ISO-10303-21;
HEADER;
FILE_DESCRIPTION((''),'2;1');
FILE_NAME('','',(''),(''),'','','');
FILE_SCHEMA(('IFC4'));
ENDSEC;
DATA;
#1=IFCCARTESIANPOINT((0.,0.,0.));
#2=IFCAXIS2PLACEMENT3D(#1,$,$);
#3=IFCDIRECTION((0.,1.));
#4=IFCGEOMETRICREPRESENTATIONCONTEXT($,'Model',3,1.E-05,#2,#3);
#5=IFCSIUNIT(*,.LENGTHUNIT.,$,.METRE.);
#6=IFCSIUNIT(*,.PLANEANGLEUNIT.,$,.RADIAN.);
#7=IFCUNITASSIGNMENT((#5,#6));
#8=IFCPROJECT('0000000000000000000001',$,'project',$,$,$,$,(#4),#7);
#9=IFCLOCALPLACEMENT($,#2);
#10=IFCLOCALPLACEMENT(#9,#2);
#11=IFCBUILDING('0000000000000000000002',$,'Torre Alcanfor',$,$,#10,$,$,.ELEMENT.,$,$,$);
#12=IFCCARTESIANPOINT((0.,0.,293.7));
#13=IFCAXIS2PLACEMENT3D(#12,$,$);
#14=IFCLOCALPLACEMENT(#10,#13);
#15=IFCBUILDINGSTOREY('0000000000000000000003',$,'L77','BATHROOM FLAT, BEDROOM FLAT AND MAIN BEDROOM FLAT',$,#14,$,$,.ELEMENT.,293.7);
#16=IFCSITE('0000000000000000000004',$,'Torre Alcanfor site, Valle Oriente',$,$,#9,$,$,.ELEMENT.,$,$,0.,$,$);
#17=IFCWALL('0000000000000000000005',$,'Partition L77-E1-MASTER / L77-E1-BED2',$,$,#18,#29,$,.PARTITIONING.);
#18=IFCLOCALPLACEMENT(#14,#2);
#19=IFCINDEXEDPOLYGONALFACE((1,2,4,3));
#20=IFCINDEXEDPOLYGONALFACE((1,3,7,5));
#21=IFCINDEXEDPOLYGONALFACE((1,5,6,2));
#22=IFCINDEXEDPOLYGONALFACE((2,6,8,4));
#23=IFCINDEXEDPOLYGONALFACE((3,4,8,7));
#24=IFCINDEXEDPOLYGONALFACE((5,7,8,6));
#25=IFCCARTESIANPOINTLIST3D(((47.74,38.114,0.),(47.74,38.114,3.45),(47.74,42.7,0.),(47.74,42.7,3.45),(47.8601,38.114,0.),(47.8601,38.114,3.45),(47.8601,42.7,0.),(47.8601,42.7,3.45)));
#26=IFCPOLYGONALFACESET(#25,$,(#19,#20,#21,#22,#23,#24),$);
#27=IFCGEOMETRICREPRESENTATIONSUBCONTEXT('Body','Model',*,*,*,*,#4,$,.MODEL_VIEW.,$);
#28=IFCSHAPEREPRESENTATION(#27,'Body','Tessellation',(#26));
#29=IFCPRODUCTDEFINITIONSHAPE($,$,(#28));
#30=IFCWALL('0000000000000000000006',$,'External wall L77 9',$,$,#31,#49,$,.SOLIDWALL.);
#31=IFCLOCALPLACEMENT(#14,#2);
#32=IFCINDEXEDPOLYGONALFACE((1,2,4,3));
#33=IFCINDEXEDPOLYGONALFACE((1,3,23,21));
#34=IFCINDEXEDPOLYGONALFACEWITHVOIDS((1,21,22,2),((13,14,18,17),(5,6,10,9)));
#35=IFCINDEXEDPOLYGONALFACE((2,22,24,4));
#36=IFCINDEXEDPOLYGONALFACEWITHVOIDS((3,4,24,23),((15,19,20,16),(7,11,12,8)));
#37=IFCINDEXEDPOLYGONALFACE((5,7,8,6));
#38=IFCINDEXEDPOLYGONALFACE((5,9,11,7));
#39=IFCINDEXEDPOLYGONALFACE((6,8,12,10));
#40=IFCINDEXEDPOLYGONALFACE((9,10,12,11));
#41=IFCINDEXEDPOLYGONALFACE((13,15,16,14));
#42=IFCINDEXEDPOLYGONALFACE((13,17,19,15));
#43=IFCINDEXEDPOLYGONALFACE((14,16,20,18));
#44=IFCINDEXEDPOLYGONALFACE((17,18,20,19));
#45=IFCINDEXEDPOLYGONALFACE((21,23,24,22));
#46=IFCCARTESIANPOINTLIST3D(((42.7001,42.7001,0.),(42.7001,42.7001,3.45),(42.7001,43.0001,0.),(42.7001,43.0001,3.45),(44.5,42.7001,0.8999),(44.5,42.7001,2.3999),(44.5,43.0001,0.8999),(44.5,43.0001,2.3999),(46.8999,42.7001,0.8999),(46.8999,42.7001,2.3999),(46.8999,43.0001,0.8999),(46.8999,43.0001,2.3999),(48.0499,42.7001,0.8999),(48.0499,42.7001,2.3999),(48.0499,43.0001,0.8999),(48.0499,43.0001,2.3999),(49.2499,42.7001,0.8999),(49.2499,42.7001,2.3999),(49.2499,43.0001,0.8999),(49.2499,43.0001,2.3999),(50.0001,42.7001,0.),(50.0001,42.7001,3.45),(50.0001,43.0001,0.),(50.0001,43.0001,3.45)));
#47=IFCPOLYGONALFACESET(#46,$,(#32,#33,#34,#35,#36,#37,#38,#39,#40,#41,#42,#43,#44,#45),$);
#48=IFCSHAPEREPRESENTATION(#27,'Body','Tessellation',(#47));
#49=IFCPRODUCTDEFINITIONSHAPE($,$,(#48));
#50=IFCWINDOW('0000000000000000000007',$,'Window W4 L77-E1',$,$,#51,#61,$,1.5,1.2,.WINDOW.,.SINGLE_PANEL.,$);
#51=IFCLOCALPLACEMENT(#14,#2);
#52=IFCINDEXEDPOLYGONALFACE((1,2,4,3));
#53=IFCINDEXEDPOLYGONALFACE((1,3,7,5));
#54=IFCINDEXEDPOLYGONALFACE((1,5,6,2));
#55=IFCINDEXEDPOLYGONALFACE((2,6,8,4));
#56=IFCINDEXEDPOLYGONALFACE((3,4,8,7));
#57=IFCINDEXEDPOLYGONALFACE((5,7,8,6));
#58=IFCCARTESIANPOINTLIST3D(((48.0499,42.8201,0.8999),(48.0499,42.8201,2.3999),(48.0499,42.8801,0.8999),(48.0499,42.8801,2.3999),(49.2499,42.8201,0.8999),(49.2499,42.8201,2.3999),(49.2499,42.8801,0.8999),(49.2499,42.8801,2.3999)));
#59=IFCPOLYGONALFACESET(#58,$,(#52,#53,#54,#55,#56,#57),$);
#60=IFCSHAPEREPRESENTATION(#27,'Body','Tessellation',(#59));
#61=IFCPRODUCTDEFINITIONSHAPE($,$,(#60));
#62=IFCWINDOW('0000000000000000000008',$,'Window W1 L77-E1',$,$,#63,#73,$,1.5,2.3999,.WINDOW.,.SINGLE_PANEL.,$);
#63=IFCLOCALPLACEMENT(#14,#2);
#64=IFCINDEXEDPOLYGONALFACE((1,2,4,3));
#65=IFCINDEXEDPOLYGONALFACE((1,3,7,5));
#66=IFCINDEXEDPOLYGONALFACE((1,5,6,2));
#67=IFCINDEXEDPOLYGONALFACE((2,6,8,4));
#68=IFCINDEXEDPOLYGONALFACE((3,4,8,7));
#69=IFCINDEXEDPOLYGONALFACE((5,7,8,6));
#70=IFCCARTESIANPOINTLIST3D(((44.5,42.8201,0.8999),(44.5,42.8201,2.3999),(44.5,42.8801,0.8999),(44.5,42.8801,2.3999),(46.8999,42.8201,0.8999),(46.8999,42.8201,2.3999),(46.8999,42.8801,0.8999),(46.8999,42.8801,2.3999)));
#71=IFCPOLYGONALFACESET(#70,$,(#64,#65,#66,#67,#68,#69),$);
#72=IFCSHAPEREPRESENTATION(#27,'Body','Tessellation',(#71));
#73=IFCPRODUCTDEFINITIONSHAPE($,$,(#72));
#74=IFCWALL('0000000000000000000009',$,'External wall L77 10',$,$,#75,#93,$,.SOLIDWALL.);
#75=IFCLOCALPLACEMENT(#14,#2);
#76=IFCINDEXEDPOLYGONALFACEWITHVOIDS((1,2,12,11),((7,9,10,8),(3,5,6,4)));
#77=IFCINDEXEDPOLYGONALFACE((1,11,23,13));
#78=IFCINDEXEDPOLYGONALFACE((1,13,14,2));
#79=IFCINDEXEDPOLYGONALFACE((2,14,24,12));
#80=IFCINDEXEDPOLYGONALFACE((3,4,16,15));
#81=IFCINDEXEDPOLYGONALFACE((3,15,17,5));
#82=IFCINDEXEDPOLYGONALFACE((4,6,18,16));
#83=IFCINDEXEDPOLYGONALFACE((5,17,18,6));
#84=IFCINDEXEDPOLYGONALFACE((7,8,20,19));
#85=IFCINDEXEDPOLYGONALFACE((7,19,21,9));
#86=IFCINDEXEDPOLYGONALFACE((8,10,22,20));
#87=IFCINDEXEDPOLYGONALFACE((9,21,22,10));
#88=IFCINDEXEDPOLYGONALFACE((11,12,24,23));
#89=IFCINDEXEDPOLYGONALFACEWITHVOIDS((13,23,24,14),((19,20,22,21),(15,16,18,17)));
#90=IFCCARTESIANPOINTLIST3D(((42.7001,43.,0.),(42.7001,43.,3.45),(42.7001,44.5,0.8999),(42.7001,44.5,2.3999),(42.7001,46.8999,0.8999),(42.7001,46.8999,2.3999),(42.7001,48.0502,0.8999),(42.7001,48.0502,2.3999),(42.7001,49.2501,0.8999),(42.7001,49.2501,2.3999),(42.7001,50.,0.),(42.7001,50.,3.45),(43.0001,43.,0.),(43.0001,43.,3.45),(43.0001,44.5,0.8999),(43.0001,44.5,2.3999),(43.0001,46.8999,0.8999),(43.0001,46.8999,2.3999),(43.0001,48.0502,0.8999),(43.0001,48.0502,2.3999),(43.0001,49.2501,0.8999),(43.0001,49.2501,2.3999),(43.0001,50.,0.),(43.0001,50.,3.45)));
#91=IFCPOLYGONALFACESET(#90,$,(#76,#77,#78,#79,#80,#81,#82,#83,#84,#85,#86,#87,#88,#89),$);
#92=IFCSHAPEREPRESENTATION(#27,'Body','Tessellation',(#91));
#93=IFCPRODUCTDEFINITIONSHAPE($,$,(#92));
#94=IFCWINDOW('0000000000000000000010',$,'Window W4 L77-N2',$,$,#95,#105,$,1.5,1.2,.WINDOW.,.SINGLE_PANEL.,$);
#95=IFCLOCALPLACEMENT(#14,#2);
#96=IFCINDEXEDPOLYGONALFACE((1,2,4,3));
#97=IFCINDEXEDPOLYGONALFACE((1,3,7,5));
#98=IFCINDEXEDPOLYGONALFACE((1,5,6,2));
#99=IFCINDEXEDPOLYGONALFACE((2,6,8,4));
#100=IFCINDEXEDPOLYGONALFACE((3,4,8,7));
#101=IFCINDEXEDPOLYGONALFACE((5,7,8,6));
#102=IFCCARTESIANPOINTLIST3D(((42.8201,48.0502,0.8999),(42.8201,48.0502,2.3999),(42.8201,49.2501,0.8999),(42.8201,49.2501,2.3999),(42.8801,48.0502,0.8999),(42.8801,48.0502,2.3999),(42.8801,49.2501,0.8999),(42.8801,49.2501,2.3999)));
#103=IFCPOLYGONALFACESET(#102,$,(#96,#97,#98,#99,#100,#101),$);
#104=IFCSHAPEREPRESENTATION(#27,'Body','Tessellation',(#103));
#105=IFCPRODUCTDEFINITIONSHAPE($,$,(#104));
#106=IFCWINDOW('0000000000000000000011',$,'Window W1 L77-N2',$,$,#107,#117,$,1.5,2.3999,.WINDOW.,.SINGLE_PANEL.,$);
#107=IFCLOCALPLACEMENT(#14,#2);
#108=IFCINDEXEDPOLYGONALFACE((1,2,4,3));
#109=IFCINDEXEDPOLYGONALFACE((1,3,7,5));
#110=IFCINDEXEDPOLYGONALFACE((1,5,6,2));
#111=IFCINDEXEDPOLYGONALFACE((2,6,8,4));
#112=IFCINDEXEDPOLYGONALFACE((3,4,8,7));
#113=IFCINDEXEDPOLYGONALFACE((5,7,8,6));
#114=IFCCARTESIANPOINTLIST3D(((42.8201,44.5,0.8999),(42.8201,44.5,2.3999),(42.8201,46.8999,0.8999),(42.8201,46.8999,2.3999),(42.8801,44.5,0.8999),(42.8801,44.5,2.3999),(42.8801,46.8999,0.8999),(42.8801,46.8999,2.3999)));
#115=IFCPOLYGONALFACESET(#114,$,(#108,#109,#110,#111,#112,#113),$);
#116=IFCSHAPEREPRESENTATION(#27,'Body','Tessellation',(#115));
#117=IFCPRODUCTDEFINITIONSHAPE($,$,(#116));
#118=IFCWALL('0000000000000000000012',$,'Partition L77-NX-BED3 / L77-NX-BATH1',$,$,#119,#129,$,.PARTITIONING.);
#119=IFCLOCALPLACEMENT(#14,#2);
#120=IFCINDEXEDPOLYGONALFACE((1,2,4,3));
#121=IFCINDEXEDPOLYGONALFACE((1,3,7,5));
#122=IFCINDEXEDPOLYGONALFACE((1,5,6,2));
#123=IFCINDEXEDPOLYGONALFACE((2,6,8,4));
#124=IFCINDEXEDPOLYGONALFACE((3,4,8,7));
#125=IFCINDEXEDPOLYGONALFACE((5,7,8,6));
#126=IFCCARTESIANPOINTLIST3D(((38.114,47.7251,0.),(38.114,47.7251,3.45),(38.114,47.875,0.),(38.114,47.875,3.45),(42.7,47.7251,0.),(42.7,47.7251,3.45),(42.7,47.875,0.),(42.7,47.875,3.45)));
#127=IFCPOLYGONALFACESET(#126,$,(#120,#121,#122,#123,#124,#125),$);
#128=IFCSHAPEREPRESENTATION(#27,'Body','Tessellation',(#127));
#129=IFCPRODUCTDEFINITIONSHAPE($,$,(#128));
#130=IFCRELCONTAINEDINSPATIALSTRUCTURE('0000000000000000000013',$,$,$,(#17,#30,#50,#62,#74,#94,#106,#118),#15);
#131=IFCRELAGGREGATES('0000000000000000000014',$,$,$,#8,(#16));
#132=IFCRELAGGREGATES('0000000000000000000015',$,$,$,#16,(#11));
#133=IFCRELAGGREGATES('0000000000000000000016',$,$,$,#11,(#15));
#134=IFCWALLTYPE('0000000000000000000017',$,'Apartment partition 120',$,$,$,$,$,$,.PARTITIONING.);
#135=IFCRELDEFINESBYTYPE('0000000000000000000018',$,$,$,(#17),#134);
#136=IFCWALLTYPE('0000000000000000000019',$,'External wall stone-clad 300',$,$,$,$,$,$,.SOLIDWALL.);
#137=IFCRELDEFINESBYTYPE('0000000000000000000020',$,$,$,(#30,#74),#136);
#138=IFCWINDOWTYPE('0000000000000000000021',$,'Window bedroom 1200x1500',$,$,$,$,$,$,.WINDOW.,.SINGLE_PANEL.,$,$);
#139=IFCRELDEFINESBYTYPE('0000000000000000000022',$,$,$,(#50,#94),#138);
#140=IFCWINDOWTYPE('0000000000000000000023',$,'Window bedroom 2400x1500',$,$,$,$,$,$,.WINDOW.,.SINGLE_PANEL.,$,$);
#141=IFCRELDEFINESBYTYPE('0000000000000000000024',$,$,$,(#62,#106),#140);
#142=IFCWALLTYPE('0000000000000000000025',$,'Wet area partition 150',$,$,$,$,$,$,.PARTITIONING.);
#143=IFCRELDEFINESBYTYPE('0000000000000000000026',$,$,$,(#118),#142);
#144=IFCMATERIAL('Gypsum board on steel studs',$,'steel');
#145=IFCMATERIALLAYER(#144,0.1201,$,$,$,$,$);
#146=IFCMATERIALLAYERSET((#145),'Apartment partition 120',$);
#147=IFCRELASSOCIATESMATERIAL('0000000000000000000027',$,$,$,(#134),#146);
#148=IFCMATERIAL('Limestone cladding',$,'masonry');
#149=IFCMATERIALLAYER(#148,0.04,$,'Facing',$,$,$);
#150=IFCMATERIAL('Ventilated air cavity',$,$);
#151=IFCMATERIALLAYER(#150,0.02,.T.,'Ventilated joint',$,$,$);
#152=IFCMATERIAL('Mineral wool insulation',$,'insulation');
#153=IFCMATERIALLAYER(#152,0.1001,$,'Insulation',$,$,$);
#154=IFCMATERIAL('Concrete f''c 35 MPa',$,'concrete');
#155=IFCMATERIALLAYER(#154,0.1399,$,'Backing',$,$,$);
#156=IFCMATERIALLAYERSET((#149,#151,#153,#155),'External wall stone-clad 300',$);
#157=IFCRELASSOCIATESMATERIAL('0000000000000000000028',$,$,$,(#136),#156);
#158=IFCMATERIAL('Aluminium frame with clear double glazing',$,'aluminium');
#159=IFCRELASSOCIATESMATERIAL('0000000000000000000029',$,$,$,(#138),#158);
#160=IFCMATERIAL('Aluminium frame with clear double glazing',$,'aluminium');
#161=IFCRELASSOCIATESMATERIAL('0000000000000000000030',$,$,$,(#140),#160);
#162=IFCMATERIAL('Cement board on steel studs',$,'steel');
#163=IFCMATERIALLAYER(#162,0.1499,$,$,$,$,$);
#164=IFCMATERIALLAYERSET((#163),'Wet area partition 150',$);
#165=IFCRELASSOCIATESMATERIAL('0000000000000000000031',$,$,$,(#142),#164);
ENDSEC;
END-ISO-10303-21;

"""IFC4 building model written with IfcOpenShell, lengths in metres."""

from ifc_helpers import new_model, si_unit, direction, frame, frame_2d, origin, place, context, subcontext, project, spatial, rectangle, extrude, material, layer, layer_set, type_object, element, fill, save


model = new_model("IFC4")

# Units and contexts
model_context = context("Model", 3, precision=1e-05, world=origin(), true_north=direction((0.0, 1.0)))
body_context = subcontext(model_context, "Body", "Model", "MODEL_VIEW")
ifc_project = project(units=[si_unit("LENGTHUNIT", "METRE"), si_unit("PLANEANGLEUNIT", "RADIAN")], contexts=[model_context])

# Site, building, storey
site_placement = place(None, origin())
site = spatial("IfcSite", under=ifc_project, at=site_placement, Name="Torre Alcanfor site, Valle Oriente", CompositionType="ELEMENT", RefElevation=0.0)
building_placement = place(site_placement, origin())
building = spatial("IfcBuilding", under=site, at=building_placement, Name="Torre Alcanfor", CompositionType="ELEMENT")
storey_placement = place(building_placement, frame((0.0, 0.0, 293.7)))
storey = spatial("IfcBuildingStorey", under=building, at=storey_placement, Name="L77", Description="BATHROOM FLAT, BEDROOM FLAT AND MAIN BEDROOM FLAT", CompositionType="ELEMENT", Elevation=293.7)

# Shared definitions
ifc_material_1 = material(Name="Gypsum board on steel studs", Category="steel")
ifc_layer_1 = layer(ifc_material_1, 0.1201)
ifc_layer_set_1 = layer_set([ifc_layer_1], Name="Apartment partition 120")
wall_type_1 = type_object("IfcWallType", Name="Apartment partition 120", PredefinedType="PARTITIONING", material=ifc_layer_set_1)

# Wall
wall_1_placement = place(storey_placement, frame((47.8, 38.114, 0.0), z_axis=(0.0, 0.0, 1.0), x_axis=(0.0, 1.0, 0.0)))
element("IfcWall", 1, at=wall_1_placement, inside=storey, type_object=wall_type_1, Name="Partition L77-E1-MASTER / L77-E1-BED2", PredefinedType="PARTITIONING", context=body_context, shape_type="SweptSolid", body=[
    extrude(rectangle(XDim=4.5859, YDim=0.1201, at=frame_2d((2.293, 0.0))), origin(), (0.0, 0.0, 1.0), 3.45),
])

# Walls, openings, windows
ifc_material_2 = material(Name="Limestone cladding", Category="masonry")
ifc_layer_2 = layer(ifc_material_2, 0.04, Name="Facing")
ifc_material_3 = material(Name="Ventilated air cavity")
ifc_layer_3 = layer(ifc_material_3, 0.02, ventilated=True, Name="Ventilated joint")
ifc_material_4 = material(Name="Mineral wool insulation", Category="insulation")
ifc_layer_4 = layer(ifc_material_4, 0.1001, Name="Insulation")
ifc_material_5 = material(Name="Concrete f'c 35 MPa", Category="concrete")
ifc_layer_5 = layer(ifc_material_5, 0.1399, Name="Backing")
ifc_layer_set_2 = layer_set([ifc_layer_2, ifc_layer_3, ifc_layer_4, ifc_layer_5], Name="External wall stone-clad 300")
wall_type_2 = type_object("IfcWallType", Name="External wall stone-clad 300", PredefinedType="SOLIDWALL", material=ifc_layer_set_2)
wall_2_placement = place(storey_placement, frame((50.0, 42.8501, 0.0), z_axis=(0.0, 0.0, 1.0), x_axis=(-1.0, 0.0, 0.0)))
wall_2 = element("IfcWall", 2, at=wall_2_placement, inside=storey, type_object=wall_type_2, Name="External wall L77 9", PredefinedType="SOLIDWALL", context=body_context, shape_type="SweptSolid", body=[
    extrude(rectangle(XDim=7.3, YDim=0.3, at=frame_2d((3.6499, 0.0))), origin(), (0.0, 0.0, 1.0), 3.45),
])
opening_1_placement = place(wall_2_placement, frame((3.1001, 0.0, 0.8999)))
opening_1 = element("IfcOpeningElement", 3, at=opening_1_placement, cuts=wall_2, PredefinedType="OPENING", context=body_context, shape_type="SweptSolid", body=[
    extrude(rectangle(XDim=2.3999, YDim=1.5, at=frame_2d((1.2, 0.75))), frame((0.0, 0.1599, 0.0), z_axis=(0.0, -1.0, 0.0), x_axis=(1.0, 0.0, 0.0)), (0.0, 0.0, 1.0), 0.3201),
])
opening_2_placement = place(wall_2_placement, frame((0.75, 0.0, 0.8999)))
opening_2 = element("IfcOpeningElement", 4, at=opening_2_placement, cuts=wall_2, PredefinedType="OPENING", context=body_context, shape_type="SweptSolid", body=[
    extrude(rectangle(XDim=1.2, YDim=1.5, at=frame_2d((0.6001, 0.75))), frame((0.0, 0.1599, 0.0), z_axis=(0.0, -1.0, 0.0), x_axis=(1.0, 0.0, 0.0)), (0.0, 0.0, 1.0), 0.3201),
])
ifc_material_6 = material(Name="Aluminium frame with clear double glazing", Category="aluminium")
window_type_1 = type_object("IfcWindowType", Name="Window bedroom 1200x1500", PartitioningType="SINGLE_PANEL", PredefinedType="WINDOW", material=ifc_material_6)
window_1_placement = place(opening_2_placement, origin())
window_1 = element("IfcWindow", 5, at=window_1_placement, inside=storey, type_object=window_type_1, Name="Window W4 L77-E1", OverallHeight=1.5, OverallWidth=1.2, PartitioningType="SINGLE_PANEL", PredefinedType="WINDOW", context=body_context, shape_type="SweptSolid", body=[
    extrude(rectangle(XDim=1.2, YDim=1.5, at=frame_2d((0.6001, 0.75))), frame((0.0, 0.03, 0.0), z_axis=(0.0, -1.0, 0.0), x_axis=(1.0, 0.0, 0.0)), (0.0, 0.0, 1.0), 0.0601),
])
fill(opening_2, window_1)
ifc_material_7 = material(Name="Aluminium frame with clear double glazing", Category="aluminium")
window_type_2 = type_object("IfcWindowType", Name="Window bedroom 2400x1500", PartitioningType="SINGLE_PANEL", PredefinedType="WINDOW", material=ifc_material_7)
window_2_placement = place(opening_1_placement, origin())
window_2 = element("IfcWindow", 6, at=window_2_placement, inside=storey, type_object=window_type_2, Name="Window W1 L77-E1", OverallHeight=1.5, OverallWidth=2.3999, PartitioningType="SINGLE_PANEL", PredefinedType="WINDOW", context=body_context, shape_type="SweptSolid", body=[
    extrude(rectangle(XDim=2.3999, YDim=1.5, at=frame_2d((1.2, 0.75))), frame((0.0, 0.03, 0.0), z_axis=(0.0, -1.0, 0.0), x_axis=(1.0, 0.0, 0.0)), (0.0, 0.0, 1.0), 0.0601),
])
fill(opening_1, window_2)
wall_3_placement = place(storey_placement, frame((42.8501, 43.0, 0.0), z_axis=(0.0, 0.0, 1.0), x_axis=(0.0, 1.0, 0.0)))
wall_3 = element("IfcWall", 7, at=wall_3_placement, inside=storey, type_object=wall_type_2, Name="External wall L77 10", PredefinedType="SOLIDWALL", context=body_context, shape_type="SweptSolid", body=[
    extrude(rectangle(XDim=7.0, YDim=0.3, at=frame_2d((3.5, 0.0))), origin(), (0.0, 0.0, 1.0), 3.45),
])
opening_3_placement = place(wall_3_placement, frame((1.5, 0.0, 0.8999)))
opening_3 = element("IfcOpeningElement", 8, at=opening_3_placement, cuts=wall_3, PredefinedType="OPENING", context=body_context, shape_type="SweptSolid", body=[
    extrude(rectangle(XDim=2.3999, YDim=1.5, at=frame_2d((1.2, 0.75))), frame((0.0, 0.1599, 0.0), z_axis=(0.0, -1.0, 0.0), x_axis=(1.0, 0.0, 0.0)), (0.0, 0.0, 1.0), 0.3201),
])
opening_4_placement = place(wall_3_placement, frame((5.05, 0.0, 0.8999)))
opening_4 = element("IfcOpeningElement", 9, at=opening_4_placement, cuts=wall_3, PredefinedType="OPENING", context=body_context, shape_type="SweptSolid", body=[
    extrude(rectangle(XDim=1.2, YDim=1.5, at=frame_2d((0.6001, 0.75))), frame((0.0, 0.1599, 0.0), z_axis=(0.0, -1.0, 0.0), x_axis=(1.0, 0.0, 0.0)), (0.0, 0.0, 1.0), 0.3201),
])
window_3_placement = place(opening_4_placement, origin())
window_3 = element("IfcWindow", 10, at=window_3_placement, inside=storey, type_object=window_type_1, Name="Window W4 L77-N2", OverallHeight=1.5, OverallWidth=1.2, PartitioningType="SINGLE_PANEL", PredefinedType="WINDOW", context=body_context, shape_type="SweptSolid", body=[
    extrude(rectangle(XDim=1.2, YDim=1.5, at=frame_2d((0.6001, 0.75))), frame((0.0, 0.03, 0.0), z_axis=(0.0, -1.0, 0.0), x_axis=(1.0, 0.0, 0.0)), (0.0, 0.0, 1.0), 0.0601),
])
fill(opening_4, window_3)
window_4_placement = place(opening_3_placement, origin())
window_4 = element("IfcWindow", 11, at=window_4_placement, inside=storey, type_object=window_type_2, Name="Window W1 L77-N2", OverallHeight=1.5, OverallWidth=2.3999, PartitioningType="SINGLE_PANEL", PredefinedType="WINDOW", context=body_context, shape_type="SweptSolid", body=[
    extrude(rectangle(XDim=2.3999, YDim=1.5, at=frame_2d((1.2, 0.75))), frame((0.0, 0.03, 0.0), z_axis=(0.0, -1.0, 0.0), x_axis=(1.0, 0.0, 0.0)), (0.0, 0.0, 1.0), 0.0601),
])
fill(opening_3, window_4)

# Wall
ifc_material_8 = material(Name="Cement board on steel studs", Category="steel")
ifc_layer_6 = layer(ifc_material_8, 0.1499)
ifc_layer_set_3 = layer_set([ifc_layer_6], Name="Wet area partition 150")
wall_type_3 = type_object("IfcWallType", Name="Wet area partition 150", PredefinedType="PARTITIONING", material=ifc_layer_set_3)
wall_4_placement = place(storey_placement, frame((42.7, 47.8, 0.0), z_axis=(0.0, 0.0, 1.0), x_axis=(-1.0, 0.0, 0.0)))
element("IfcWall", 12, at=wall_4_placement, inside=storey, type_object=wall_type_3, Name="Partition L77-NX-BED3 / L77-NX-BATH1", PredefinedType="PARTITIONING", context=body_context, shape_type="SweptSolid", body=[
    extrude(rectangle(XDim=4.5859, YDim=0.1499, at=frame_2d((2.293, 0.0))), origin(), (0.0, 0.0, 1.0), 3.45),
])

save(model, "model.ifc")
